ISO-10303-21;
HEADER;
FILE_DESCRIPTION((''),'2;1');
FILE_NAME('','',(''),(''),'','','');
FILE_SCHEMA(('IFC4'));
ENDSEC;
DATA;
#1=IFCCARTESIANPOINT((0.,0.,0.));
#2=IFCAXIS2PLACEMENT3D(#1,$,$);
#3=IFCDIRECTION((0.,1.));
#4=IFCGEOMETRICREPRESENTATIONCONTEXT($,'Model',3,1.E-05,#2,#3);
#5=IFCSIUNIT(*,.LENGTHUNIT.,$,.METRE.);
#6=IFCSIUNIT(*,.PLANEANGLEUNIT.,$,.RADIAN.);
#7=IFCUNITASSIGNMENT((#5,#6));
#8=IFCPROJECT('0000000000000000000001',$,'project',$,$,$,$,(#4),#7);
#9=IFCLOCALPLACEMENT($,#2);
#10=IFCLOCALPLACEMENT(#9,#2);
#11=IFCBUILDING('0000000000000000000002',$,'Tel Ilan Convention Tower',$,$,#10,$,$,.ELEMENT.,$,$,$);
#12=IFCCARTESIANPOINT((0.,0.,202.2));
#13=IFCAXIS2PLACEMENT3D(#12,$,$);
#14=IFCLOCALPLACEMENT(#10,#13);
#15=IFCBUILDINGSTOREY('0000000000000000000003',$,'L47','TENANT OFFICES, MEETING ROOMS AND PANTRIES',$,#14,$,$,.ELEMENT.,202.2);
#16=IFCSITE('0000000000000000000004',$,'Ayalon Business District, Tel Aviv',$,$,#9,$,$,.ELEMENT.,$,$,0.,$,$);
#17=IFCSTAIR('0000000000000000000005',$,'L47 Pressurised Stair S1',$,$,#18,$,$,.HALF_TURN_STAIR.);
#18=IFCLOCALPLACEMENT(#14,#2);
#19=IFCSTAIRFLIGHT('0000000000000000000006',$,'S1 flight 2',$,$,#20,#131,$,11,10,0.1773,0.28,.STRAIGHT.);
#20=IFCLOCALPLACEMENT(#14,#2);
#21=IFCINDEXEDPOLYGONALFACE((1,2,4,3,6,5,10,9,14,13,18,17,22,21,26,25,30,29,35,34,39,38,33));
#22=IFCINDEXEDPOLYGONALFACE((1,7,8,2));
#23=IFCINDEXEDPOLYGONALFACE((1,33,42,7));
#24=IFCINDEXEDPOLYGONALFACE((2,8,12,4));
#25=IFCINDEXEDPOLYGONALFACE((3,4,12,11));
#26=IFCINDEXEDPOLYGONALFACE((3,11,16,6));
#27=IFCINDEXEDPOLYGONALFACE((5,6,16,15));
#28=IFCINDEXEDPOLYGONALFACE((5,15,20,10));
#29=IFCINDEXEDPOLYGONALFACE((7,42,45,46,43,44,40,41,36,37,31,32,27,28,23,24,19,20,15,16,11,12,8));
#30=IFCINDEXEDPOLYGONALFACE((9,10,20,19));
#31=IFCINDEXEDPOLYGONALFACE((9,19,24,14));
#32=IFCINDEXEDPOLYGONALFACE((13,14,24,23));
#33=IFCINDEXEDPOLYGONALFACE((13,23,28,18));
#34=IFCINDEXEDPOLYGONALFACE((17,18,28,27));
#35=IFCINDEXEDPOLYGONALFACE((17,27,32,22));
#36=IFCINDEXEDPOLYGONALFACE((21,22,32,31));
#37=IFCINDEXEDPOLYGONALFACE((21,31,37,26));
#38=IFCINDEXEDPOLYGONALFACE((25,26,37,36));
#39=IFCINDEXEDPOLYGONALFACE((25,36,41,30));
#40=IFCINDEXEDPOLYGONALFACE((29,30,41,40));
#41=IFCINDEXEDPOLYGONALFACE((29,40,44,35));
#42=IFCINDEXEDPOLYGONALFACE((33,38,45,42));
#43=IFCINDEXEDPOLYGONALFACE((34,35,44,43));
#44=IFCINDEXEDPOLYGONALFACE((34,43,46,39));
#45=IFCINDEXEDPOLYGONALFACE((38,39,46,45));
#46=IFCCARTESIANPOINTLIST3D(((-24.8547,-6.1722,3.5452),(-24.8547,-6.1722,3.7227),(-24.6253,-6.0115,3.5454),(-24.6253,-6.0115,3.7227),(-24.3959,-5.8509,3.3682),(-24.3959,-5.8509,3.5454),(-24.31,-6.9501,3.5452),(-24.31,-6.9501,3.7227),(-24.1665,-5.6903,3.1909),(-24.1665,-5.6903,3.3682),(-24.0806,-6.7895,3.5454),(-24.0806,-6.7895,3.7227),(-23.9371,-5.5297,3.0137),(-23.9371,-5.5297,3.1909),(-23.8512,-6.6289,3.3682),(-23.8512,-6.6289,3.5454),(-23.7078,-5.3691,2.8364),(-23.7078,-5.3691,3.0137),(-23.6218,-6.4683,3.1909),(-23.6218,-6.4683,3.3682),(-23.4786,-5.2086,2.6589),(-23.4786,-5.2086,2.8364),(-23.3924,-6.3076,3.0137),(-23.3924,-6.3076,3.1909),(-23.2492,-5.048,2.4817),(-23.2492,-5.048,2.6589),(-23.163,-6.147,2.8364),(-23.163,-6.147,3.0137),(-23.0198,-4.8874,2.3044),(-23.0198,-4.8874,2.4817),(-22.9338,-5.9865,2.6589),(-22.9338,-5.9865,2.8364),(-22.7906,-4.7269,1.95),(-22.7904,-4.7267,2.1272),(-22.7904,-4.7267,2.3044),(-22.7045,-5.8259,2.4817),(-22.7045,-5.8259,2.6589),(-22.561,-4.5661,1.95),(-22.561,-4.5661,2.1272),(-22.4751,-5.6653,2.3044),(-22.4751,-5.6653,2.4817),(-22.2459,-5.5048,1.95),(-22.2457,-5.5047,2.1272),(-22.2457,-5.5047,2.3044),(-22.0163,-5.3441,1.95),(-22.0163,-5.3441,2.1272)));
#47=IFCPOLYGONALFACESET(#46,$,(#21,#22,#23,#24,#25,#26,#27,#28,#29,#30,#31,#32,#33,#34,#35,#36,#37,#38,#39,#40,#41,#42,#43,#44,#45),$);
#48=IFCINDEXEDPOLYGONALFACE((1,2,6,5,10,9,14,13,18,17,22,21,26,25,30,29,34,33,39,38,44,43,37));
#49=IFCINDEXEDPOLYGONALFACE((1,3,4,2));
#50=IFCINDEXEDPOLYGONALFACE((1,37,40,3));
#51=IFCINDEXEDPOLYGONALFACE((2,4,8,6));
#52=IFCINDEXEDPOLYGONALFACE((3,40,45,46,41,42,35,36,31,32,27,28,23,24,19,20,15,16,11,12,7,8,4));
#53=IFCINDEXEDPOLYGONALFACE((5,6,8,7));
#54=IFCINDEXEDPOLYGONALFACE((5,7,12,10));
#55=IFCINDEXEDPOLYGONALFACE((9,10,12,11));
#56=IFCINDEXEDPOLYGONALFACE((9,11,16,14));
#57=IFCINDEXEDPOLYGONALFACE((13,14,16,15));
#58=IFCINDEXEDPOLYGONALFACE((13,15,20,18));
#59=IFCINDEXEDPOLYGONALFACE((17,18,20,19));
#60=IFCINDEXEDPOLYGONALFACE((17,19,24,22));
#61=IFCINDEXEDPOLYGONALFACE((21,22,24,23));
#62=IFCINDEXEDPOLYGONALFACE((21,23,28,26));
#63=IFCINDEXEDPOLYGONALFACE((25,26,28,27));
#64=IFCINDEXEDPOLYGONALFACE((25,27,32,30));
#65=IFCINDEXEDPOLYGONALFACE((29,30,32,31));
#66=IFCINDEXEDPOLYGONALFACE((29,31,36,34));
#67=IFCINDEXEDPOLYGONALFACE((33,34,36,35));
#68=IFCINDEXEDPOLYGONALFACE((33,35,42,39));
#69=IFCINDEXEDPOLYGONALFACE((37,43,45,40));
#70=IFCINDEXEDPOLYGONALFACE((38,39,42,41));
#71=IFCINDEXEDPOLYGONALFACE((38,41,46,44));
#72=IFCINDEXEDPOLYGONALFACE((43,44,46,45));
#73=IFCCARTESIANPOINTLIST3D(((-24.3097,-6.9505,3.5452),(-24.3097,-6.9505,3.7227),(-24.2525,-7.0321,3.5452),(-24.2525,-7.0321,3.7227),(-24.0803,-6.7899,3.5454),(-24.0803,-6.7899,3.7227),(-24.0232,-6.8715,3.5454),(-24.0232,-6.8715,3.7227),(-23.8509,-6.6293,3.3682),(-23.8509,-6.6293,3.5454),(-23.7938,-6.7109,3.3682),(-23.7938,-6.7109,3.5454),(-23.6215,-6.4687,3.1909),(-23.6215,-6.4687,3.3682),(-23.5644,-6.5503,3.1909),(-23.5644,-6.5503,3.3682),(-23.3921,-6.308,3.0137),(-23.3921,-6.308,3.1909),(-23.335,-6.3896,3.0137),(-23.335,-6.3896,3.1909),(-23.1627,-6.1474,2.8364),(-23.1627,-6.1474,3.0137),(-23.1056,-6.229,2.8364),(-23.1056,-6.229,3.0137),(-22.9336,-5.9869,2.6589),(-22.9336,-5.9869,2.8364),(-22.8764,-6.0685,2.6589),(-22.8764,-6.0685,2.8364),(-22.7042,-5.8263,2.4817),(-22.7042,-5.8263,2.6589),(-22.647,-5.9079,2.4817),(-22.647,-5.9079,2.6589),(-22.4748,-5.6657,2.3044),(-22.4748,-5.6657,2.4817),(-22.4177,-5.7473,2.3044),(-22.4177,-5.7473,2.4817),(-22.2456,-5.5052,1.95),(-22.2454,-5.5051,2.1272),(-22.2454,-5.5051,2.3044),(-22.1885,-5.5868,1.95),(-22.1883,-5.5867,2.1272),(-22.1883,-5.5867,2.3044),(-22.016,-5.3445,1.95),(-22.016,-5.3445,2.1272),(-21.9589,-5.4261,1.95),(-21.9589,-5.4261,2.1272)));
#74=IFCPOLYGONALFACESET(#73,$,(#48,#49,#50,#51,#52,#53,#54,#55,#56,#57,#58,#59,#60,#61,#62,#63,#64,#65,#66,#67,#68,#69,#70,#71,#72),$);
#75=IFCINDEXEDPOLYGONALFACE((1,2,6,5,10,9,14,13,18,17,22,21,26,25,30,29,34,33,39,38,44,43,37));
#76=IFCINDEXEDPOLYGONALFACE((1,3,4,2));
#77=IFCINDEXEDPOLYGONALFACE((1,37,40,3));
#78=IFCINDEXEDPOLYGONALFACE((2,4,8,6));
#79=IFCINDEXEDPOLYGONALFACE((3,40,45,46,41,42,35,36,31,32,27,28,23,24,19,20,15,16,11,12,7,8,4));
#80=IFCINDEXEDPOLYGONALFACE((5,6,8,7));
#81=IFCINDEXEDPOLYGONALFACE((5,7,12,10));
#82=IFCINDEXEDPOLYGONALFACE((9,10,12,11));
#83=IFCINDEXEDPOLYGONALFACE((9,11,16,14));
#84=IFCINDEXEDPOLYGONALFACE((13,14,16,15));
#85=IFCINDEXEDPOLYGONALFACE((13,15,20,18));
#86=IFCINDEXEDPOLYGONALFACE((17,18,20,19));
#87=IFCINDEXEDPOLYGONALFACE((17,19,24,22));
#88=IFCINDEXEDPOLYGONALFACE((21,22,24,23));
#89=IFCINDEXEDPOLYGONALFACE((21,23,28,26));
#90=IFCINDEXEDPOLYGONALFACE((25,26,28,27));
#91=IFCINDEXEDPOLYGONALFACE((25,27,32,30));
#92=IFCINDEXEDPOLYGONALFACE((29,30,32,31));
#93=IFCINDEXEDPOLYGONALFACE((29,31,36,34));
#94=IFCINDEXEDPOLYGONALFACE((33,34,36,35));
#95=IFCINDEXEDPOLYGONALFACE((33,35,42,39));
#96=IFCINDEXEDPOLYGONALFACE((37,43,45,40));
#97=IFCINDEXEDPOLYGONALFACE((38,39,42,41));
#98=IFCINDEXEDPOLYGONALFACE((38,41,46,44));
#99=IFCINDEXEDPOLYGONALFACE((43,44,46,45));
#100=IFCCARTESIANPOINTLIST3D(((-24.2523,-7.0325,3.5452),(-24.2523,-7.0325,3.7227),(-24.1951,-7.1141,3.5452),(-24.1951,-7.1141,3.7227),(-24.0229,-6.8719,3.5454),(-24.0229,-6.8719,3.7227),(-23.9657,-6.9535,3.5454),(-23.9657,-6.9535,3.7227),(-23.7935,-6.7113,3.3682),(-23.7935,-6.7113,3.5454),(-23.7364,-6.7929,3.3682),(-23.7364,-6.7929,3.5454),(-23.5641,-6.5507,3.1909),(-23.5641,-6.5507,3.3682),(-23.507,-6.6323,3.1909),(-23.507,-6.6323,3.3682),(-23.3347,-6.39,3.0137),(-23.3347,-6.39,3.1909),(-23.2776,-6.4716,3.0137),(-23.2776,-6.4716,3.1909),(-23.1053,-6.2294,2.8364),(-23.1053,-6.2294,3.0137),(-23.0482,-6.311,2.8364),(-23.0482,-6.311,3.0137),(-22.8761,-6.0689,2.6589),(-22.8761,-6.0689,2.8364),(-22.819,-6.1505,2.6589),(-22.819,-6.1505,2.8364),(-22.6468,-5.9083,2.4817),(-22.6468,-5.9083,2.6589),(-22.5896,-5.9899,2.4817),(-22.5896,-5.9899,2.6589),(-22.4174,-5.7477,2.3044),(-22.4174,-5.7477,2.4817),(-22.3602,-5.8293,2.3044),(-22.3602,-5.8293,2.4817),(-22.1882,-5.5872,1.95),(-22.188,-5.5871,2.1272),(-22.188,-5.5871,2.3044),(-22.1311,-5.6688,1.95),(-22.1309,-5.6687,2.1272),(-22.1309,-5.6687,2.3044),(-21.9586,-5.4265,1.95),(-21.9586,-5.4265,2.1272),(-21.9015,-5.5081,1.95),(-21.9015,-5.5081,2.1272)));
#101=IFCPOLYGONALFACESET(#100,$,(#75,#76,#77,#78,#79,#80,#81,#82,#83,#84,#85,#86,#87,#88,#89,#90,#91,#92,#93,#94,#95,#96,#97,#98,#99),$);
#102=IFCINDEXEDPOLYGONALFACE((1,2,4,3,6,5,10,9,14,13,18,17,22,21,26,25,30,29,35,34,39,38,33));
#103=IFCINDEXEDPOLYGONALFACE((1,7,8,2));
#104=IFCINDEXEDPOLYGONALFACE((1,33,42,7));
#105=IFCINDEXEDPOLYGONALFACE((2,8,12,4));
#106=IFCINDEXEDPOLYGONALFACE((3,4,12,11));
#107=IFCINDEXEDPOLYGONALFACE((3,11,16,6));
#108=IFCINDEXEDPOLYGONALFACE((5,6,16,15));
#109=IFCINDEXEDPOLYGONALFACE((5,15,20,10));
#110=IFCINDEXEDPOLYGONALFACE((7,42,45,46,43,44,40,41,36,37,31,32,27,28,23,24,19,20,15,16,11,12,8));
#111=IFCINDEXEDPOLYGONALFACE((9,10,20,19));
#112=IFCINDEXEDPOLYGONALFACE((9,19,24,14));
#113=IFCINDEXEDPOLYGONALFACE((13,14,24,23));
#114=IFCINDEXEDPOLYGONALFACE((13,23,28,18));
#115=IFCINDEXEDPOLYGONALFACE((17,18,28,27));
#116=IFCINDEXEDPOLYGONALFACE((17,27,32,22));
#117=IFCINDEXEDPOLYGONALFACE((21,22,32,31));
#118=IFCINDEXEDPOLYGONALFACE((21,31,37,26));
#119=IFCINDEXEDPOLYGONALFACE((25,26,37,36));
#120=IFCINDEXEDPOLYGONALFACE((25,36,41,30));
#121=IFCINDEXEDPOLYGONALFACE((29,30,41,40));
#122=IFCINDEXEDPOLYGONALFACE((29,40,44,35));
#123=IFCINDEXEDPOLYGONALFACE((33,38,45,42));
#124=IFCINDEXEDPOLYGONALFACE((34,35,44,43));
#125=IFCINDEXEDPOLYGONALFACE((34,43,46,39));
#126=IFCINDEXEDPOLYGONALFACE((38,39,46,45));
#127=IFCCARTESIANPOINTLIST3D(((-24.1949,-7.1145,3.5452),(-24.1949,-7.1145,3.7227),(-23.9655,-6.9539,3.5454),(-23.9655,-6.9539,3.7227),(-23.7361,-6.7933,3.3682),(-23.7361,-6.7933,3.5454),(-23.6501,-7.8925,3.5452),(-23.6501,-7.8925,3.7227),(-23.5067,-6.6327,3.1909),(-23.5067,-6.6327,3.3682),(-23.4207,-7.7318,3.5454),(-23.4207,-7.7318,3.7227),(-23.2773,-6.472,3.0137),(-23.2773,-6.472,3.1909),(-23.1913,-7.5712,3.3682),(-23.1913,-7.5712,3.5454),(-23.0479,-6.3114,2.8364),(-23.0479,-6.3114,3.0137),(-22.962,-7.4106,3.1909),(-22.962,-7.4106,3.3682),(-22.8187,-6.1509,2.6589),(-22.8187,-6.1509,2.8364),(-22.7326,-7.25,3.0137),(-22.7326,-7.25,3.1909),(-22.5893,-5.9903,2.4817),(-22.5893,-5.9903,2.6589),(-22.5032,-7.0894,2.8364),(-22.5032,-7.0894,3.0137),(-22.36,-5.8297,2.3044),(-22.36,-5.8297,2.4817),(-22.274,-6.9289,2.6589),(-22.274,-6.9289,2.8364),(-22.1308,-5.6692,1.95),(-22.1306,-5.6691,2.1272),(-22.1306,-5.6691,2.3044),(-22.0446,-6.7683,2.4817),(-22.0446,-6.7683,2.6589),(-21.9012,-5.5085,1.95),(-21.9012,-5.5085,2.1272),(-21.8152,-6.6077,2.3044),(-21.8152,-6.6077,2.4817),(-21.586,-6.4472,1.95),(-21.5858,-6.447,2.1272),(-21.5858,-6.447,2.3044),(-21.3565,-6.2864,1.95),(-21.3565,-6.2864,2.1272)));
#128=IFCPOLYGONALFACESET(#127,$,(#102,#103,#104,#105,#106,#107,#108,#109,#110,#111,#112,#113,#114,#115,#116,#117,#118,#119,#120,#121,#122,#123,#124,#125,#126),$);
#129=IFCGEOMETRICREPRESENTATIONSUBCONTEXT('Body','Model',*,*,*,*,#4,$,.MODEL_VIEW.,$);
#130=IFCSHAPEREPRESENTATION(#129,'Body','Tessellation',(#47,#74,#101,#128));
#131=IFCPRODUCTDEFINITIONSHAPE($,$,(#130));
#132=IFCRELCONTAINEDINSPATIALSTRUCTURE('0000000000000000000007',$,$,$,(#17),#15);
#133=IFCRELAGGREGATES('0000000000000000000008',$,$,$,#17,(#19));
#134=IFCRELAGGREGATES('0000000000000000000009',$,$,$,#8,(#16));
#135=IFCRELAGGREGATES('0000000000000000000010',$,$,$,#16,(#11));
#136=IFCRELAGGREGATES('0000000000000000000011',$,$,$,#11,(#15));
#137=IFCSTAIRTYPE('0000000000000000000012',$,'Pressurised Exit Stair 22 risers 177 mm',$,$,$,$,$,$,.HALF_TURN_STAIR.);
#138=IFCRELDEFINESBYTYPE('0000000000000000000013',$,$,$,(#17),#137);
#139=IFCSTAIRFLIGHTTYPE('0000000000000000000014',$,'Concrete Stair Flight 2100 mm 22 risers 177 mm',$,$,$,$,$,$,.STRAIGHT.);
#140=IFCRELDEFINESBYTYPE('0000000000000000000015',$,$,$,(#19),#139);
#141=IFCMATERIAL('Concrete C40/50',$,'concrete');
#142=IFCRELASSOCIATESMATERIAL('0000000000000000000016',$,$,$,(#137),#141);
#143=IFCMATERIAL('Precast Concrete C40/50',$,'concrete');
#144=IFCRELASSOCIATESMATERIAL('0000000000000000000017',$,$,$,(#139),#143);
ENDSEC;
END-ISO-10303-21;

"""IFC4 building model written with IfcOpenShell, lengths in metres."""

from ifc_helpers import new_model, si_unit, direction, frame, origin, place, context, subcontext, project, spatial, polyline, outline, extrude, material, type_object, element, aggregate, save


model = new_model("IFC4")

# Units and contexts
model_context = context("Model", 3, precision=1e-05, world=origin(), true_north=direction((0.0, 1.0)))
body_context = subcontext(model_context, "Body", "Model", "MODEL_VIEW")
ifc_project = project(units=[si_unit("LENGTHUNIT", "METRE"), si_unit("PLANEANGLEUNIT", "RADIAN")], contexts=[model_context])

# Site, building, storey
site_placement = place(None, origin())
site = spatial("IfcSite", under=ifc_project, at=site_placement, Name="Ayalon Business District, Tel Aviv", CompositionType="ELEMENT", RefElevation=0.0)
building_placement = place(site_placement, origin())
building = spatial("IfcBuilding", under=site, at=building_placement, Name="Tel Ilan Convention Tower", CompositionType="ELEMENT")
storey_placement = place(building_placement, frame((0.0, 0.0, 202.2)))
storey = spatial("IfcBuildingStorey", under=building, at=storey_placement, Name="L47", Description="TENANT OFFICES, MEETING ROOMS AND PANTRIES", CompositionType="ELEMENT", Elevation=202.2)

# Stair, stair flight
ifc_material_1 = material(Name="Concrete C40/50", Category="concrete")
stair_type = type_object("IfcStairType", Name="Pressurised Exit Stair 22 risers 177 mm", PredefinedType="HALF_TURN_STAIR", material=ifc_material_1)
stair_1_placement = place(storey_placement, origin())
stair_1 = element("IfcStair", 1, at=stair_1_placement, inside=storey, type_object=stair_type, Name="L47 Pressurised Stair S1", PredefinedType="HALF_TURN_STAIR")
ifc_material_2 = material(Name="Precast Concrete C40/50", Category="concrete")
stair_flight_type = type_object("IfcStairFlightType", Name="Concrete Stair Flight 2100 mm 22 risers 177 mm", PredefinedType="STRAIGHT", material=ifc_material_2)
stair_flight_1_placement = place(storey_placement, frame((-21.9587, -5.4263, 1.95), z_axis=(0.0, 0.0, 1.0), x_axis=(-0.819152, -0.573576, 0.0)))
stair_flight_1 = element("IfcStairFlight", 2, at=stair_flight_1_placement, type_object=stair_flight_type, Name="S1 flight 2", NumberOfRisers=11, NumberOfTreads=10, PredefinedType="STRAIGHT", RiserHeight=0.1773, TreadLength=0.28, context=body_context, shape_type="SweptSolid", body=[
    extrude(outline(polyline([(0.0, 0.0), (0.0, 0.1772), (0.28, 0.1772), (0.28, 0.3545), (0.5601, 0.3545), (0.5601, 0.5317), (0.8401, 0.5317), (0.8401, 0.709), (1.1201, 0.709), (1.1201, 0.8865), (1.3999, 0.8865), (1.3999, 1.0637), (1.6799, 1.0637), (1.6799, 1.241), (1.96, 1.241), (1.96, 1.4182), (2.24, 1.4182), (2.24, 1.5955), (2.52, 1.5955), (2.52, 1.7727), (2.8, 1.7727), (2.8, 1.95), (2.8, 1.5952), (0.2803, 0.0), (0.0, 0.0)])), frame((0.0, -0.1003, 0.0), z_axis=(0.0, -1.0, 0.0), x_axis=(1.0, 0.0, 0.0)), (0.0, 0.0, 1.0), 0.9497),
    extrude(outline(polyline([(0.0, 0.0), (0.0, 0.1772), (0.28, 0.1772), (0.28, 0.3545), (0.5601, 0.3545), (0.5601, 0.5317), (0.8401, 0.5317), (0.8401, 0.709), (1.1201, 0.709), (1.1201, 0.8865), (1.3999, 0.8865), (1.3999, 1.0637), (1.6799, 1.0637), (1.6799, 1.241), (1.96, 1.241), (1.96, 1.4182), (2.24, 1.4182), (2.24, 1.5955), (2.52, 1.5955), (2.52, 1.7727), (2.8, 1.7727), (2.8, 1.95), (2.8, 1.5952), (0.2803, 0.0), (0.0, 0.0)])), frame((0.0, -0.0002, 0.0), z_axis=(0.0, -1.0, 0.0), x_axis=(1.0, 0.0, 0.0)), (0.0, 0.0, 1.0), 0.0996),
    extrude(outline(polyline([(0.0, 0.0), (0.0, 0.1772), (0.28, 0.1772), (0.28, 0.3545), (0.5601, 0.3545), (0.5601, 0.5317), (0.8401, 0.5317), (0.8401, 0.709), (1.1201, 0.709), (1.1201, 0.8865), (1.3999, 0.8865), (1.3999, 1.0637), (1.6799, 1.0637), (1.6799, 1.241), (1.96, 1.241), (1.96, 1.4182), (2.24, 1.4182), (2.24, 1.5955), (2.52, 1.5955), (2.52, 1.7727), (2.8, 1.7727), (2.8, 1.95), (2.8, 1.5952), (0.2803, 0.0), (0.0, 0.0)])), frame((0.0, 0.0999, 0.0), z_axis=(0.0, -1.0, 0.0), x_axis=(1.0, 0.0, 0.0)), (0.0, 0.0, 1.0), 0.0996),
    extrude(outline(polyline([(0.0, 0.0), (0.0, 0.1772), (0.28, 0.1772), (0.28, 0.3545), (0.5601, 0.3545), (0.5601, 0.5317), (0.8401, 0.5317), (0.8401, 0.709), (1.1201, 0.709), (1.1201, 0.8865), (1.3999, 0.8865), (1.3999, 1.0637), (1.6799, 1.0637), (1.6799, 1.241), (1.96, 1.241), (1.96, 1.4182), (2.24, 1.4182), (2.24, 1.5955), (2.52, 1.5955), (2.52, 1.7727), (2.8, 1.7727), (2.8, 1.95), (2.8, 1.5952), (0.2803, 0.0), (0.0, 0.0)])), frame((0.0, 1.05, 0.0), z_axis=(0.0, -1.0, 0.0), x_axis=(1.0, 0.0, 0.0)), (0.0, 0.0, 1.0), 0.9497),
])
aggregate(stair_1, [stair_flight_1])

save(model, "model.ifc")
